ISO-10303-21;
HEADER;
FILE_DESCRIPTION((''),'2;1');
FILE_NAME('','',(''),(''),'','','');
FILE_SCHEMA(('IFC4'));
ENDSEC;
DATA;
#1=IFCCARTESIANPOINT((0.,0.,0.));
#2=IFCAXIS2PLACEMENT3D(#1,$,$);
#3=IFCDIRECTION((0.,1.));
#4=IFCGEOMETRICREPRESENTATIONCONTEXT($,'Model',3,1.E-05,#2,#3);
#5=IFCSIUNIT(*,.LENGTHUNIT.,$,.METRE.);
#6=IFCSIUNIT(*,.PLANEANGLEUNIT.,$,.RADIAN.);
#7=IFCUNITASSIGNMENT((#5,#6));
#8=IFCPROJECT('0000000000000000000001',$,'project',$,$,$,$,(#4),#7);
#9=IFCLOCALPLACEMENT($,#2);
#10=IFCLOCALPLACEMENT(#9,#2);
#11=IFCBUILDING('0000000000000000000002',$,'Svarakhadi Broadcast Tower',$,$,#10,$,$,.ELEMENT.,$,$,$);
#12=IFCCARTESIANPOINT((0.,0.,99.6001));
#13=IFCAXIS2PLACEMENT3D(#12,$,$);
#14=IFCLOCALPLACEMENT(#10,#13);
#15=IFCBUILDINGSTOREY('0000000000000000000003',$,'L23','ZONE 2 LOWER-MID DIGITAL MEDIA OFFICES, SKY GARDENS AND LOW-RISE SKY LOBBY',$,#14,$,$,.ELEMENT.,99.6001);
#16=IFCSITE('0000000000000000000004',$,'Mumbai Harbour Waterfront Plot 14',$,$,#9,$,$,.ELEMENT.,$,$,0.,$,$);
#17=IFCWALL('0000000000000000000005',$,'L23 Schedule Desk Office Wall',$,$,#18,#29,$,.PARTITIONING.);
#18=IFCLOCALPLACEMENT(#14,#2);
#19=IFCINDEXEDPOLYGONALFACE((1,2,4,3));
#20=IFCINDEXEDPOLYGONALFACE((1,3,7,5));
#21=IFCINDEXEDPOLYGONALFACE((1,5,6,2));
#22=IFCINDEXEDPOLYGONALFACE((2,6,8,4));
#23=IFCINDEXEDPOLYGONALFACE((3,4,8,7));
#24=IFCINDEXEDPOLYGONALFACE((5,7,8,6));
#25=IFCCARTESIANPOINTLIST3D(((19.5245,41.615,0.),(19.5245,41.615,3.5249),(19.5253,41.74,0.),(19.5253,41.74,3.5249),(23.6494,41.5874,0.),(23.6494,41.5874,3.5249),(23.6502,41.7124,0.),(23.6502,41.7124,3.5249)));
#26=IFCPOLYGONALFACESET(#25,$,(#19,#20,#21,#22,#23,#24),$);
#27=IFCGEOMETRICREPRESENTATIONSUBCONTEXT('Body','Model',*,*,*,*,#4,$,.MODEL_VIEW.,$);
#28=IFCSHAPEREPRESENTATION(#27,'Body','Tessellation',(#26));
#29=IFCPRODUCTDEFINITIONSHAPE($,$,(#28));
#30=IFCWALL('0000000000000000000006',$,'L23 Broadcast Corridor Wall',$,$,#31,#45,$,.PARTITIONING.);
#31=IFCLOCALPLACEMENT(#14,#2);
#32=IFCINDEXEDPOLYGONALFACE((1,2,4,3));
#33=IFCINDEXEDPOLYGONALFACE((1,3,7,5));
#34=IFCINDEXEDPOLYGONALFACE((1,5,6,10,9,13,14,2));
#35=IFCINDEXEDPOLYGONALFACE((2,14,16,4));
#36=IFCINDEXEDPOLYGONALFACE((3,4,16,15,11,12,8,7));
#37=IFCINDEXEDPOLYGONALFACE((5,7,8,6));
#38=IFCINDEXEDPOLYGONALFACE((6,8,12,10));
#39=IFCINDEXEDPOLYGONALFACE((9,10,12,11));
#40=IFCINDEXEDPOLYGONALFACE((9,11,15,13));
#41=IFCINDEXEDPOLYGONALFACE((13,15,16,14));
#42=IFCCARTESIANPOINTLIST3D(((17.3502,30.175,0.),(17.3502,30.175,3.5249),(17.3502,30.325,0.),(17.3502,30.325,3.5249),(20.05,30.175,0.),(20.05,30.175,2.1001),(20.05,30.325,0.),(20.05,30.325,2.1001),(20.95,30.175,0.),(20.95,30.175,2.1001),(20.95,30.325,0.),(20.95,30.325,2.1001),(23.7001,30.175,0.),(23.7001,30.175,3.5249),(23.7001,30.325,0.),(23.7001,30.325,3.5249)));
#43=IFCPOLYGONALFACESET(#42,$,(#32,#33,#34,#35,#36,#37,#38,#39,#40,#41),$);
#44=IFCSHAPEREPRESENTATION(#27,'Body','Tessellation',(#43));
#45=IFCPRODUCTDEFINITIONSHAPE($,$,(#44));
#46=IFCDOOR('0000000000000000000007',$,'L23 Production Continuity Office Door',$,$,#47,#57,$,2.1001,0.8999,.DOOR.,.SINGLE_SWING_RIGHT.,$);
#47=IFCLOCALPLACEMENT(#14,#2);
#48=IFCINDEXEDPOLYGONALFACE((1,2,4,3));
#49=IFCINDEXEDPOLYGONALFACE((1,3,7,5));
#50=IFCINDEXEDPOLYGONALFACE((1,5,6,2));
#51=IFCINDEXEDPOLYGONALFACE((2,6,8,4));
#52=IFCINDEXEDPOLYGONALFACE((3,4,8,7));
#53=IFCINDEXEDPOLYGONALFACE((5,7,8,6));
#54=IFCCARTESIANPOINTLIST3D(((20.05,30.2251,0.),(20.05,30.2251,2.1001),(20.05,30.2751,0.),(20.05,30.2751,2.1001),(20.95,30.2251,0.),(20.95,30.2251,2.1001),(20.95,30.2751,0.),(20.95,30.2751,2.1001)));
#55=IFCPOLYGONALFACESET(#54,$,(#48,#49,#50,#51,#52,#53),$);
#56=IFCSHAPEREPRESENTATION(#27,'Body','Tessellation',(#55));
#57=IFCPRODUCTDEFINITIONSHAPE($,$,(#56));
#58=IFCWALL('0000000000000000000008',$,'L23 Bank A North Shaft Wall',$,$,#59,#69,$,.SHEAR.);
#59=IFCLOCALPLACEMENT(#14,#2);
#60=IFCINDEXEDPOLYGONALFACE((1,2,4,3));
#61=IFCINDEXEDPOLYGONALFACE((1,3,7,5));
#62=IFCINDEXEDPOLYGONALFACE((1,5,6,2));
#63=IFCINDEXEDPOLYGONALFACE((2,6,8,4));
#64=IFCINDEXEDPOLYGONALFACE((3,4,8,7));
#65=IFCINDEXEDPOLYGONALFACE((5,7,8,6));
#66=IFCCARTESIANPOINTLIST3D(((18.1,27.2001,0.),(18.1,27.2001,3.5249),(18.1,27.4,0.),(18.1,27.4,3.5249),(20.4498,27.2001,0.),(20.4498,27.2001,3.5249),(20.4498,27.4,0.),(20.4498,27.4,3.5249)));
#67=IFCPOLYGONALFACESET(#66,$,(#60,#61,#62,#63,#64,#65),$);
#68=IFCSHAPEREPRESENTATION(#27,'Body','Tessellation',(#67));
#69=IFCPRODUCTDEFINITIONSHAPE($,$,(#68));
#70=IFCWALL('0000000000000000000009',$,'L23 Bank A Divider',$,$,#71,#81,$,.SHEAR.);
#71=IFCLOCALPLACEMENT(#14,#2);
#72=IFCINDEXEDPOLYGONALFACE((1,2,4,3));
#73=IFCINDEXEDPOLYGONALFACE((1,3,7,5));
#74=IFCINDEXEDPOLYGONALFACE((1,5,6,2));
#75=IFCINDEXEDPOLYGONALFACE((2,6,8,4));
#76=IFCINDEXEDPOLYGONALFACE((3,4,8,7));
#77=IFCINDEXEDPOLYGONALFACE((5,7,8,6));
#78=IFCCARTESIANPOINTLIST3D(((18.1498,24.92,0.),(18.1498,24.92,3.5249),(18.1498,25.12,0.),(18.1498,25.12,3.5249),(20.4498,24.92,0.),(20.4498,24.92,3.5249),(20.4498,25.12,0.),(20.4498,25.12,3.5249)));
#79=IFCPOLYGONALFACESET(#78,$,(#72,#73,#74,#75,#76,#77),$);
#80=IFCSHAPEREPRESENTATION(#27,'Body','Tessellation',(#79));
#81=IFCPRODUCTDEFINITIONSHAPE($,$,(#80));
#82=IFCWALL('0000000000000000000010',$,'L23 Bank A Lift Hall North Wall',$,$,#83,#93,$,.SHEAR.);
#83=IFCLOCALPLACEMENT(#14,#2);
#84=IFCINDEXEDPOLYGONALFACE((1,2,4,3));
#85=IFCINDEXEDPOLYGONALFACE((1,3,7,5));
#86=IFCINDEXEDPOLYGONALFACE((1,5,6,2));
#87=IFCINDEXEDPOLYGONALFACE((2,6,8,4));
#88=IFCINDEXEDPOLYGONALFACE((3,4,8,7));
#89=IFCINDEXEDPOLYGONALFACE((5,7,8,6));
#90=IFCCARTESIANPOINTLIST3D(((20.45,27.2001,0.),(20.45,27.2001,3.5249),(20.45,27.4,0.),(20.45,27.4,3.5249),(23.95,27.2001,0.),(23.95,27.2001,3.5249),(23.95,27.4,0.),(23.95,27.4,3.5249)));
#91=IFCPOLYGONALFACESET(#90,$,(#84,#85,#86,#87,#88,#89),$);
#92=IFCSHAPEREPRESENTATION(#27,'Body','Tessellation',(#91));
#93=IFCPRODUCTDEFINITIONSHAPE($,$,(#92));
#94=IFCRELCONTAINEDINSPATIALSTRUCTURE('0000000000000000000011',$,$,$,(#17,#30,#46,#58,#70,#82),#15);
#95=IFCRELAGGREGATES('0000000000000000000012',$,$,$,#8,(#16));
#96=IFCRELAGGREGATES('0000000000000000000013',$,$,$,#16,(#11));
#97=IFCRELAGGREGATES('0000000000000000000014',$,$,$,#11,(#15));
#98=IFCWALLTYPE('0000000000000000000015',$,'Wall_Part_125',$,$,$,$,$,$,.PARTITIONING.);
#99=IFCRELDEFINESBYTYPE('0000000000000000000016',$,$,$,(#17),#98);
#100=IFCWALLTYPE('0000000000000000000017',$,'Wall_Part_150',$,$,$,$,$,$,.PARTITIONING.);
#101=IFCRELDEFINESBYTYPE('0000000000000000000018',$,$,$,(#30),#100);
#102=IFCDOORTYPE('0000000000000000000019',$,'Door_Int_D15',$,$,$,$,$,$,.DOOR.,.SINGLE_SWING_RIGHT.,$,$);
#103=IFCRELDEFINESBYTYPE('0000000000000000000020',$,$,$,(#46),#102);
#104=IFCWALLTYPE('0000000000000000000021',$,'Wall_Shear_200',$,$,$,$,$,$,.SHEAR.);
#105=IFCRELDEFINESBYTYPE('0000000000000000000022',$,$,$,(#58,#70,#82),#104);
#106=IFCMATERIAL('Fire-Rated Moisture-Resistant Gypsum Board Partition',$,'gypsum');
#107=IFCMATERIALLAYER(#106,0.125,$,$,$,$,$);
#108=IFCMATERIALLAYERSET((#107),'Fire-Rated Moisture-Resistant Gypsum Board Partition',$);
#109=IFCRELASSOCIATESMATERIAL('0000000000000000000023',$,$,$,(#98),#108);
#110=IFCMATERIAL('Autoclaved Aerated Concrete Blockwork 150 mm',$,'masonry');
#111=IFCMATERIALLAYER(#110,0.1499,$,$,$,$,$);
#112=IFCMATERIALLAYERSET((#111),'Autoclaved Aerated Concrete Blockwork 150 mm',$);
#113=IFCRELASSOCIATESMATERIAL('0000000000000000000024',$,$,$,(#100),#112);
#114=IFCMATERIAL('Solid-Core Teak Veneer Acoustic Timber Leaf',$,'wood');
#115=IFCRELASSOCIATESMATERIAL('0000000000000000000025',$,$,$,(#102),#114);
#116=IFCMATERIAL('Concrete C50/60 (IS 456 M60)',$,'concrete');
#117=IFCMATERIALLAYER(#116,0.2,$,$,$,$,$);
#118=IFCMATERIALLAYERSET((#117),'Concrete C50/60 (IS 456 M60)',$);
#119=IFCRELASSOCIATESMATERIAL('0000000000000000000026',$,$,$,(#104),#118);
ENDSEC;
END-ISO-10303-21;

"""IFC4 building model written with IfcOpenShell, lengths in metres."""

from ifc_helpers import new_model, si_unit, direction, frame, frame_2d, origin, place, context, subcontext, project, spatial, rectangle, extrude, material, layer, layer_set, type_object, element, fill, save


model = new_model("IFC4")

# Units and contexts
model_context = context("Model", 3, precision=1e-05, world=origin(), true_north=direction((0.0, 1.0)))
body_context = subcontext(model_context, "Body", "Model", "MODEL_VIEW")
ifc_project = project(units=[si_unit("LENGTHUNIT", "METRE"), si_unit("PLANEANGLEUNIT", "RADIAN")], contexts=[model_context])

# Site, building, storey
site_placement = place(None, origin())
site = spatial("IfcSite", under=ifc_project, at=site_placement, Name="Mumbai Harbour Waterfront Plot 14", CompositionType="ELEMENT", RefElevation=0.0)
building_placement = place(site_placement, origin())
building = spatial("IfcBuilding", under=site, at=building_placement, Name="Svarakhadi Broadcast Tower", CompositionType="ELEMENT")
storey_placement = place(building_placement, frame((0.0, 0.0, 99.6001)))
storey = spatial("IfcBuildingStorey", under=building, at=storey_placement, Name="L23", Description="ZONE 2 LOWER-MID DIGITAL MEDIA OFFICES, SKY GARDENS AND LOW-RISE SKY LOBBY", CompositionType="ELEMENT", Elevation=99.6001)

# Shared definitions
ifc_material_1 = material(Name="Concrete C50/60 (IS 456 M60)", Category="concrete")

# Wall
ifc_material_2 = material(Name="Fire-Rated Moisture-Resistant Gypsum Board Partition", Category="gypsum")
ifc_layer_1 = layer(ifc_material_2, 0.125)
ifc_layer_set_1 = layer_set([ifc_layer_1], Name="Fire-Rated Moisture-Resistant Gypsum Board Partition")
wall_type_1 = type_object("IfcWallType", Name="Wall_Part_125", PredefinedType="PARTITIONING", material=ifc_layer_set_1)
wall_1_placement = place(storey_placement, frame((19.5249, 41.6775, 0.0), z_axis=(0.0, 0.0, 1.0), x_axis=(0.999978, -0.006688, 0.0)))
element("IfcWall", 1, at=wall_1_placement, inside=storey, type_object=wall_type_1, Name="L23 Schedule Desk Office Wall", PredefinedType="PARTITIONING", context=body_context, shape_type="SweptSolid", body=[
    extrude(rectangle(XDim=4.125, YDim=0.125, at=frame_2d((2.0625, 0.0))), origin(), (0.0, 0.0, 1.0), 3.5249),
])

# Wall, opening, door
ifc_material_3 = material(Name="Autoclaved Aerated Concrete Blockwork 150 mm", Category="masonry")
ifc_layer_2 = layer(ifc_material_3, 0.1499)
ifc_layer_set_2 = layer_set([ifc_layer_2], Name="Autoclaved Aerated Concrete Blockwork 150 mm")
wall_type_2 = type_object("IfcWallType", Name="Wall_Part_150", PredefinedType="PARTITIONING", material=ifc_layer_set_2)
wall_2_placement = place(storey_placement, frame((23.7, 30.25, 0.0), z_axis=(0.0, 0.0, 1.0), x_axis=(-1.0, 0.0, 0.0)))
wall_2 = element("IfcWall", 2, at=wall_2_placement, inside=storey, type_object=wall_type_2, Name="L23 Broadcast Corridor Wall", PredefinedType="PARTITIONING", context=body_context, shape_type="SweptSolid", body=[
    extrude(rectangle(XDim=6.3499, YDim=0.1499, at=frame_2d((3.1748, 0.0))), origin(), (0.0, 0.0, 1.0), 3.5249),
])
opening_placement = place(wall_2_placement, frame((2.75, 0.0, 0.0)))
opening = element("IfcOpeningElement", 3, at=opening_placement, cuts=wall_2, PredefinedType="OPENING", context=body_context, shape_type="SweptSolid", body=[
    extrude(rectangle(XDim=0.8999, YDim=2.1001, at=frame_2d((0.45, 1.05))), frame((0.0, 0.085, 0.0), z_axis=(0.0, -1.0, 0.0), x_axis=(1.0, 0.0, 0.0)), (0.0, 0.0, 1.0), 0.1699),
])
ifc_material_4 = material(Name="Solid-Core Teak Veneer Acoustic Timber Leaf", Category="wood")
door_type = type_object("IfcDoorType", Name="Door_Int_D15", OperationType="SINGLE_SWING_RIGHT", PredefinedType="DOOR", material=ifc_material_4)
door_placement = place(opening_placement, origin())
door = element("IfcDoor", 4, at=door_placement, inside=storey, type_object=door_type, Name="L23 Production Continuity Office Door", OperationType="SINGLE_SWING_RIGHT", OverallHeight=2.1001, OverallWidth=0.8999, PredefinedType="DOOR", context=body_context, shape_type="SweptSolid", body=[
    extrude(rectangle(XDim=0.8999, YDim=2.1001, at=frame_2d((0.45, 1.05))), frame((0.0, 0.0249, 0.0), z_axis=(0.0, -1.0, 0.0), x_axis=(1.0, 0.0, 0.0)), (0.0, 0.0, 1.0), 0.05),
])
fill(opening, door)

# Walls
ifc_layer_3 = layer(ifc_material_1, 0.2)
ifc_layer_set_3 = layer_set([ifc_layer_3], Name="Concrete C50/60 (IS 456 M60)")
wall_type_3 = type_object("IfcWallType", Name="Wall_Shear_200", PredefinedType="SHEAR", material=ifc_layer_set_3)
wall_3_placement = place(storey_placement, frame((18.1001, 27.3, 0.0), z_axis=(0.0, 0.0, 1.0), x_axis=(1.0, 0.0, 0.0)))
element("IfcWall", 5, at=wall_3_placement, inside=storey, type_object=wall_type_3, Name="L23 Bank A North Shaft Wall", PredefinedType="SHEAR", context=body_context, shape_type="SweptSolid", body=[
    extrude(rectangle(XDim=2.3499, YDim=0.2, at=frame_2d((1.1748, 0.0))), origin(), (0.0, 0.0, 1.0), 3.5249),
])
wall_4_placement = place(storey_placement, frame((18.1499, 25.02, 0.0), z_axis=(0.0, 0.0, 1.0), x_axis=(1.0, 0.0, 0.0)))
element("IfcWall", 6, at=wall_4_placement, inside=storey, type_object=wall_type_3, Name="L23 Bank A Divider", PredefinedType="SHEAR", context=body_context, shape_type="SweptSolid", body=[
    extrude(rectangle(XDim=2.3, YDim=0.2, at=frame_2d((1.1499, 0.0))), origin(), (0.0, 0.0, 1.0), 3.5249),
])
wall_5_placement = place(storey_placement, frame((20.45, 27.3, 0.0), z_axis=(0.0, 0.0, 1.0), x_axis=(1.0, 0.0, 0.0)))
element("IfcWall", 7, at=wall_5_placement, inside=storey, type_object=wall_type_3, Name="L23 Bank A Lift Hall North Wall", PredefinedType="SHEAR", context=body_context, shape_type="SweptSolid", body=[
    extrude(rectangle(XDim=3.5, YDim=0.2, at=frame_2d((1.75, 0.0))), origin(), (0.0, 0.0, 1.0), 3.5249),
])

save(model, "model.ifc")
